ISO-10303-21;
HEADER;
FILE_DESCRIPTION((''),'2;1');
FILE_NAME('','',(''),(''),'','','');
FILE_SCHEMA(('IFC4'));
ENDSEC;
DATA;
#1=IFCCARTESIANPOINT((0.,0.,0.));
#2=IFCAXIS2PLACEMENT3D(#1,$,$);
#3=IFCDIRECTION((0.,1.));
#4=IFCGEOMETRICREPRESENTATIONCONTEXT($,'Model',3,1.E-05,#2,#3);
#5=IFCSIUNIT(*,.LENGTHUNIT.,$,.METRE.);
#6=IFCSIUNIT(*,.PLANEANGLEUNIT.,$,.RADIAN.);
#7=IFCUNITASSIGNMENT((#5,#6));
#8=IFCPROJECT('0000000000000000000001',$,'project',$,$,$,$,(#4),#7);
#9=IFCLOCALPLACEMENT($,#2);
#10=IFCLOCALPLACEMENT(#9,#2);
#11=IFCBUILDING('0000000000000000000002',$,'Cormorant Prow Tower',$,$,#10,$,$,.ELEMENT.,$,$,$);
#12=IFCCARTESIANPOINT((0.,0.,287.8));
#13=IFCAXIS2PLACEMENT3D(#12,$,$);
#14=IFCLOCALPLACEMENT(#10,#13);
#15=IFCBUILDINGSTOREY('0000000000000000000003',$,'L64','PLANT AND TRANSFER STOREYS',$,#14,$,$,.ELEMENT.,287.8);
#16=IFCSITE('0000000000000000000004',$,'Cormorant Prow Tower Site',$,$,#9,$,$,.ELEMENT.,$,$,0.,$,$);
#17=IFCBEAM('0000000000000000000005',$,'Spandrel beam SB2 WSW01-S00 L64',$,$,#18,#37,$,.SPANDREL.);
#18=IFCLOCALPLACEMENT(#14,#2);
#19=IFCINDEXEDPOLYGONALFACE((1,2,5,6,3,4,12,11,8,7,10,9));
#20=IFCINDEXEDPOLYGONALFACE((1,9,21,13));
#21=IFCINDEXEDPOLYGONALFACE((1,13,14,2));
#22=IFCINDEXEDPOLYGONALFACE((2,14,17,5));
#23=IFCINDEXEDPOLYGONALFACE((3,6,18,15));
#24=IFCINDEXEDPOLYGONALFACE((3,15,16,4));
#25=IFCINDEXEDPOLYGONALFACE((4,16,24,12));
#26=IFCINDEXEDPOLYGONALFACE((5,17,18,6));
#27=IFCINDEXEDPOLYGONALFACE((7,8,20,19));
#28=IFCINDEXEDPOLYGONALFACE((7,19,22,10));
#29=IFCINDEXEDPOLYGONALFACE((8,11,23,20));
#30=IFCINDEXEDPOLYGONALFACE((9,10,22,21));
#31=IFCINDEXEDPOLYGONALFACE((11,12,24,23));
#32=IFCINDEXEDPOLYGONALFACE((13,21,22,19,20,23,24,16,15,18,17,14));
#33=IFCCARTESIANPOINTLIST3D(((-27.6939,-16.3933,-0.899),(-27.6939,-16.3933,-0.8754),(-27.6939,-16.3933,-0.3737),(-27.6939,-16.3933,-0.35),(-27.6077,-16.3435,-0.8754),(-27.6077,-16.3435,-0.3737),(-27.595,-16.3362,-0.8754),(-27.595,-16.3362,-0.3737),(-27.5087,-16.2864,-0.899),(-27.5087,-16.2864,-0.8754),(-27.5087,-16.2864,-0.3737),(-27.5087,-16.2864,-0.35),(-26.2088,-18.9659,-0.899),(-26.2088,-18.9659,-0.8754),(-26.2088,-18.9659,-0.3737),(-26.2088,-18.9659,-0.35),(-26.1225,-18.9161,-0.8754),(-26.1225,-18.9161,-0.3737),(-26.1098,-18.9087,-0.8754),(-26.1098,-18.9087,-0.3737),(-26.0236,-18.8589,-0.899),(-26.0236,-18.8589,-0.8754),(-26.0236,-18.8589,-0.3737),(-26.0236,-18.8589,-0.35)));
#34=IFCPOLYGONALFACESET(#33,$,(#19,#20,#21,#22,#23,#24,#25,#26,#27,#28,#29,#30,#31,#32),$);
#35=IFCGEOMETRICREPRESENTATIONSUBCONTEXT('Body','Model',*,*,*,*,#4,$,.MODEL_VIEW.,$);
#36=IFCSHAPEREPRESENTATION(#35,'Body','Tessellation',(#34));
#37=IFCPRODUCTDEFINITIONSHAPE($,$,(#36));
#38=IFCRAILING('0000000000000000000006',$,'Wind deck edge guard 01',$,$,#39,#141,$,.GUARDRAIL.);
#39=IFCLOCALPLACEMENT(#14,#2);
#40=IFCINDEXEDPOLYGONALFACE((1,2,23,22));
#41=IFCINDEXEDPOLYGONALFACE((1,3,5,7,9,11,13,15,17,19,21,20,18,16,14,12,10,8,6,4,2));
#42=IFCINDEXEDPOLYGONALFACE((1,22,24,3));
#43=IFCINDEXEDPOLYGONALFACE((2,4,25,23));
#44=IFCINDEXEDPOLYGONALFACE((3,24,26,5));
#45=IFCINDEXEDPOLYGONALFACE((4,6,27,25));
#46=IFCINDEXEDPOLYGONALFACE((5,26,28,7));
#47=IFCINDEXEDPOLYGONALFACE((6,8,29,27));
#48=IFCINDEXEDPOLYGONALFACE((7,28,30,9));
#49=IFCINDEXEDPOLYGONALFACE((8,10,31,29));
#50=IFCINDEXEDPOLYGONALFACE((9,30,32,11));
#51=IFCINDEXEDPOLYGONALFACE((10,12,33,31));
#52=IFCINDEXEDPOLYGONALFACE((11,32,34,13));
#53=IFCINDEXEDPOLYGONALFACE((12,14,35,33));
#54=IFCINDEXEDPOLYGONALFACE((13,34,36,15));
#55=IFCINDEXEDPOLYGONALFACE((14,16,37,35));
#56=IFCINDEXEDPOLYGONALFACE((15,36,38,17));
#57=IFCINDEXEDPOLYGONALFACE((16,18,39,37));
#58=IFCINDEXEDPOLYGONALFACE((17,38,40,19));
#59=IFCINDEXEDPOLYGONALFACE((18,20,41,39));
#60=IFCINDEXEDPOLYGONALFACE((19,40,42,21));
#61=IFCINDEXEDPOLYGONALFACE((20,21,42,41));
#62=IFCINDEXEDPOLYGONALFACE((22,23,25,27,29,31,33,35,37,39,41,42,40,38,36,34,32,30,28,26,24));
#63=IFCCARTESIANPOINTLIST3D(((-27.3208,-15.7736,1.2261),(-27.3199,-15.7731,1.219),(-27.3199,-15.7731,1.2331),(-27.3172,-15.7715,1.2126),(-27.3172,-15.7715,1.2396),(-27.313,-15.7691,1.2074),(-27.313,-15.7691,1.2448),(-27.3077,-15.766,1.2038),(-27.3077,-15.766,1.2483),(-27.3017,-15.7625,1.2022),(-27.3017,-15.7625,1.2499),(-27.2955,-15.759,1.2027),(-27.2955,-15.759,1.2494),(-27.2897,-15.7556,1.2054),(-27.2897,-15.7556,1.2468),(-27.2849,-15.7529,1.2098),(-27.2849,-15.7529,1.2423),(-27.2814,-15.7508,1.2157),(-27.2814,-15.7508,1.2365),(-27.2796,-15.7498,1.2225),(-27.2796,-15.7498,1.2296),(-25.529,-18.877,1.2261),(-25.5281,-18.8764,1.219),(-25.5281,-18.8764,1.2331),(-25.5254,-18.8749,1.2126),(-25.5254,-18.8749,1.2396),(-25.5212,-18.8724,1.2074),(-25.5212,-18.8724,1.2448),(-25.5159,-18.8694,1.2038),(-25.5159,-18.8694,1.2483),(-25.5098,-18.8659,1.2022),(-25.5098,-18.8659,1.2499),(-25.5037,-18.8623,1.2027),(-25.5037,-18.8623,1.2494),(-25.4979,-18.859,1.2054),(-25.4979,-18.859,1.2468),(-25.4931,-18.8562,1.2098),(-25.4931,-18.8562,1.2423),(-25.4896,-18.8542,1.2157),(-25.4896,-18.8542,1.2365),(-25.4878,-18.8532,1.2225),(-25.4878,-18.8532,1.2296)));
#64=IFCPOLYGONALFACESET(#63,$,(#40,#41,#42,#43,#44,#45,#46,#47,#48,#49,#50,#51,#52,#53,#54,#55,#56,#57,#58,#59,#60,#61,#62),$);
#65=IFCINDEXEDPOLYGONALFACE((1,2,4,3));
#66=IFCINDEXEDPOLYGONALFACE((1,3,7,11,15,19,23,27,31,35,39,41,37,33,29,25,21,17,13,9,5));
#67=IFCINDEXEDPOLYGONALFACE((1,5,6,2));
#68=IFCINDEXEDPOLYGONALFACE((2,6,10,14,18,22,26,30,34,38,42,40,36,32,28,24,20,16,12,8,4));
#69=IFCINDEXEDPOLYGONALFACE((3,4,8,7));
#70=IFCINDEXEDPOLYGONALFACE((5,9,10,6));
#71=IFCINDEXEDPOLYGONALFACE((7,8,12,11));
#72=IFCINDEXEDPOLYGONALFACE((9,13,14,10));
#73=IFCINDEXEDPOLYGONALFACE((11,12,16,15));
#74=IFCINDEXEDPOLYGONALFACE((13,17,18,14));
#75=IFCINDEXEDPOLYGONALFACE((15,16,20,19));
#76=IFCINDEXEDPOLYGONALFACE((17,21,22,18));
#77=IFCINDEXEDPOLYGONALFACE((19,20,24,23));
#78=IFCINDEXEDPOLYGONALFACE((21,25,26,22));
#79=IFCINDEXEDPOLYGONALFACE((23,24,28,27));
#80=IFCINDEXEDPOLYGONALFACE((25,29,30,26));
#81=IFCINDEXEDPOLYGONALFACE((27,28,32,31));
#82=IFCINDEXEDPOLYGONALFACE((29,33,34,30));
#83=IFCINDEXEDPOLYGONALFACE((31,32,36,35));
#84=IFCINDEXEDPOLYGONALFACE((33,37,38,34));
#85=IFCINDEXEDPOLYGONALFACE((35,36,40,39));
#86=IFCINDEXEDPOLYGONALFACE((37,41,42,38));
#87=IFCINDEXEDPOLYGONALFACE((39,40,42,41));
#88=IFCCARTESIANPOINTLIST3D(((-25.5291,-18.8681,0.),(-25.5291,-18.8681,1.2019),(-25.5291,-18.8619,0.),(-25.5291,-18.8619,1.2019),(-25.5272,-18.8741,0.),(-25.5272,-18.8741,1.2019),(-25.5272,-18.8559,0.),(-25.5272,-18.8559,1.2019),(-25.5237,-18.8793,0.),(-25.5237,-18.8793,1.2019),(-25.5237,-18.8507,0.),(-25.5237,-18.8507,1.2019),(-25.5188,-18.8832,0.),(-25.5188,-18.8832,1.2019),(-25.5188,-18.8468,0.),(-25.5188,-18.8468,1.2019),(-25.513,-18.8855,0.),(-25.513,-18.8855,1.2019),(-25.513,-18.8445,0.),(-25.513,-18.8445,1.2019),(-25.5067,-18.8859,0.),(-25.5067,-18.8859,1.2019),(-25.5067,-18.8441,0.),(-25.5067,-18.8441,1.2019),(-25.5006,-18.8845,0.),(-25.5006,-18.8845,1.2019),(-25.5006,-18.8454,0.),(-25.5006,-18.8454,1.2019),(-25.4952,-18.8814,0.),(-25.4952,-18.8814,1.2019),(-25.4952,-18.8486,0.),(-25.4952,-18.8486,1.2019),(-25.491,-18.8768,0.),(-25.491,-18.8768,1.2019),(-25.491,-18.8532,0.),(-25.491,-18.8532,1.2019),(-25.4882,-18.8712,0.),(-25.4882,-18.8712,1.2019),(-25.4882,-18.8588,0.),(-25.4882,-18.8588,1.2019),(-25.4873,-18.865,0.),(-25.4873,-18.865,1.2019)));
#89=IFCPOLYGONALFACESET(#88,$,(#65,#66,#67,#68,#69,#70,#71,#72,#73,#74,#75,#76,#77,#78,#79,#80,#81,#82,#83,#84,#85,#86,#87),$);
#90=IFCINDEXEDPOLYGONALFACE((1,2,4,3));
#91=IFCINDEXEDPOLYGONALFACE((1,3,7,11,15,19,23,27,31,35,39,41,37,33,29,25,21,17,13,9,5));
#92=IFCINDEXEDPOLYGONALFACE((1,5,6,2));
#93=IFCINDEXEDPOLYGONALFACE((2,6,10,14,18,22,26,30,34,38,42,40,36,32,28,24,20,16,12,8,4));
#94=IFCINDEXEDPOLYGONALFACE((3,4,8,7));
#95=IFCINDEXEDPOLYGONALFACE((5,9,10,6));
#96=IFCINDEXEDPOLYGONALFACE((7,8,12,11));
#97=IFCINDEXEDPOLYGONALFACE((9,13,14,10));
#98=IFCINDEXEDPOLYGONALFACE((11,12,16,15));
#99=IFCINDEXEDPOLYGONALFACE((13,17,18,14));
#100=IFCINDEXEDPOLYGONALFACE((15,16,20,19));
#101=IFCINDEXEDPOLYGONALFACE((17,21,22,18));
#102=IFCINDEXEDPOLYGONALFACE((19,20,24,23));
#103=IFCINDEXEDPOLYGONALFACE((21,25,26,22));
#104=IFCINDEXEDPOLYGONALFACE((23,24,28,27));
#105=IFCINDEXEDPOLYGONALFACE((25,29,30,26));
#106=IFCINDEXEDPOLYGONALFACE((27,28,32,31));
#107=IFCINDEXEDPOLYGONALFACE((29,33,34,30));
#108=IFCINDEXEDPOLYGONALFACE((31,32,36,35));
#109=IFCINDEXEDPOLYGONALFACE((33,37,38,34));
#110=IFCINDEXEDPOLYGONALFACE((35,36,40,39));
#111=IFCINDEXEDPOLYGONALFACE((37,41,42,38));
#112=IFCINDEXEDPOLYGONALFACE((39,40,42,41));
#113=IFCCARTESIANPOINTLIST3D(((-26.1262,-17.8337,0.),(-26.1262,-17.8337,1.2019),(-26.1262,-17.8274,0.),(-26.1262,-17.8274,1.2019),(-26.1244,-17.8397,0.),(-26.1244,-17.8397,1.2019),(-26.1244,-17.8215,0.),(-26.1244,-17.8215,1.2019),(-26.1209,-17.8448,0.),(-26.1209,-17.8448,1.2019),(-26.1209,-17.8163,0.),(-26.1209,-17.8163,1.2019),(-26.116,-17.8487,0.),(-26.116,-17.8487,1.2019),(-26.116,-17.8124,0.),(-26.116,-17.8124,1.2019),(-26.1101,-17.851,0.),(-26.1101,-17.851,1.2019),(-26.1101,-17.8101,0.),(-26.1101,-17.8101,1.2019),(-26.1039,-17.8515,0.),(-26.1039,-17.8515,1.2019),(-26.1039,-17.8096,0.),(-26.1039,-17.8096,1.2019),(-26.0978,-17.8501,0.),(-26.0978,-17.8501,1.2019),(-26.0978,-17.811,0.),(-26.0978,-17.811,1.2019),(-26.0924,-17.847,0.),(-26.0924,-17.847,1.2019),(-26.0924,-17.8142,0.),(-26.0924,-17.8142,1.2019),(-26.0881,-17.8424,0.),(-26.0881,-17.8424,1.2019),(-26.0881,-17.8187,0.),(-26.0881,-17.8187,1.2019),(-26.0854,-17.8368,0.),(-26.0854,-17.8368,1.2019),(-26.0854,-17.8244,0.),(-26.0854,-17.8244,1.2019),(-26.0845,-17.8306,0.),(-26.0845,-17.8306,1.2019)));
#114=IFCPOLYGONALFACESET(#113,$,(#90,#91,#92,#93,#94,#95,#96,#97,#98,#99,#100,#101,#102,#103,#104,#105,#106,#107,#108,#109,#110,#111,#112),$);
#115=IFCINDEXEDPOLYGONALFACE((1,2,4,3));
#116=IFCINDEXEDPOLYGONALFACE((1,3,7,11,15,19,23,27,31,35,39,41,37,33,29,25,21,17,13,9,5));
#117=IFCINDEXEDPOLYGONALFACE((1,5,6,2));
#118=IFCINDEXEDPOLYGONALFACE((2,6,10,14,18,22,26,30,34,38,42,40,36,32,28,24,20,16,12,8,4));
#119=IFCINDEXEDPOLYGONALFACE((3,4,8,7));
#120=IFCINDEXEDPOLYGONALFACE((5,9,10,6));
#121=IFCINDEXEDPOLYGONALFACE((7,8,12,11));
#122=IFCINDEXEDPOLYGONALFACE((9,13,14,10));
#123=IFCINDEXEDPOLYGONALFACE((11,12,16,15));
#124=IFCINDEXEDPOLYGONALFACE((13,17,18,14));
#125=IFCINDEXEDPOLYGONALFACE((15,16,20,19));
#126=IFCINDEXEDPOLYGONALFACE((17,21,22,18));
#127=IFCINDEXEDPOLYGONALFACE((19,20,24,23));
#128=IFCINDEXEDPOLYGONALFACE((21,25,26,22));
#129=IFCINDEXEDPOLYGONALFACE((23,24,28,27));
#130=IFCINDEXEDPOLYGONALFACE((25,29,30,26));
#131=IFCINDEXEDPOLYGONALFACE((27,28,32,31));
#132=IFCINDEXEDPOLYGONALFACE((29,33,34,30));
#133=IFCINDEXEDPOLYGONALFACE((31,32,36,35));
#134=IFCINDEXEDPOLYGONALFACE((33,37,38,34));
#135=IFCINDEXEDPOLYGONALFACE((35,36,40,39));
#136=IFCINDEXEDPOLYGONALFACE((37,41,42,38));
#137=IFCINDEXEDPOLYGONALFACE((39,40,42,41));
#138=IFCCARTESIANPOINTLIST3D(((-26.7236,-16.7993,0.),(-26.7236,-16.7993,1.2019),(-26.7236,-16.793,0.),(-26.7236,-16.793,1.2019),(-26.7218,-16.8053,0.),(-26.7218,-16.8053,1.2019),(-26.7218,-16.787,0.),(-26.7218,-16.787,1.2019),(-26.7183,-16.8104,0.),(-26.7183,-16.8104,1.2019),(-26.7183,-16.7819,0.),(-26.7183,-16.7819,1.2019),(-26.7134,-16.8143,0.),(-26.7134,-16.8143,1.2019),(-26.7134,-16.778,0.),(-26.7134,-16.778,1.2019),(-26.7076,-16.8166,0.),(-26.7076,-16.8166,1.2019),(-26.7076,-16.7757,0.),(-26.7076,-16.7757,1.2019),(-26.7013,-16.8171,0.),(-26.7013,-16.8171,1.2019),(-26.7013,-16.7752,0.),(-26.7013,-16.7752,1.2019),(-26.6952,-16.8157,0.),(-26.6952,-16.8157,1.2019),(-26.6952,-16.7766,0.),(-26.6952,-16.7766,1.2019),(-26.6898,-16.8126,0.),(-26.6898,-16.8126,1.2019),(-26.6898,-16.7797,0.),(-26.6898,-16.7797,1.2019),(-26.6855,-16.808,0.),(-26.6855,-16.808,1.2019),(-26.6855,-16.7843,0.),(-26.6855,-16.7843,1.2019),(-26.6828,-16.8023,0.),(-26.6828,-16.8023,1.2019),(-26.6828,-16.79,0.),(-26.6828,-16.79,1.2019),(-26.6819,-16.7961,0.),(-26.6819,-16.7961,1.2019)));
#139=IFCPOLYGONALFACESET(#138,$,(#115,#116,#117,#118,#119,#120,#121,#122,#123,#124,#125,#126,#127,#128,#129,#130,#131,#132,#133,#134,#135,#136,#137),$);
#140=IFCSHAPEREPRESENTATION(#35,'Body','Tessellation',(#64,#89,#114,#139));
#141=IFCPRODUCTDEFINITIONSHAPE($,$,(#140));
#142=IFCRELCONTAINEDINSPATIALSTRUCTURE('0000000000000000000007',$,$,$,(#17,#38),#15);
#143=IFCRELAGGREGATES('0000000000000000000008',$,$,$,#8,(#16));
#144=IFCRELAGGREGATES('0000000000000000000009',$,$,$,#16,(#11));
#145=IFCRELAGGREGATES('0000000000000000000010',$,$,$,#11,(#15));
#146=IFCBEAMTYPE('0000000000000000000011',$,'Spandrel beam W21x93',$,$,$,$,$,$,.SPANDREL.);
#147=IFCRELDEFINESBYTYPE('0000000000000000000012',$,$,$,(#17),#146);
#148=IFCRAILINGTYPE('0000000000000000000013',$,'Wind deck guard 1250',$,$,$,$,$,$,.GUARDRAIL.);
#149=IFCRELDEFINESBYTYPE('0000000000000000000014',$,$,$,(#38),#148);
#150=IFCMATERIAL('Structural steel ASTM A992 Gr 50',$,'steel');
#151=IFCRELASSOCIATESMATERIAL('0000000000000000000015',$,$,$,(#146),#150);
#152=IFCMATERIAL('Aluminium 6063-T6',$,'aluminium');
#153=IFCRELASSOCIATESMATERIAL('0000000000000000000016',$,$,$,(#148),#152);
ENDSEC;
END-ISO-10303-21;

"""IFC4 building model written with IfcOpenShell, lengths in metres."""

from ifc_helpers import new_model, si_unit, direction, frame, origin, origin_2d, place, context, subcontext, project, spatial, circle, i_section, extrude, material, material_profile, profile_set, type_object, element, save


model = new_model("IFC4")

# Units and contexts
model_context = context("Model", 3, precision=1e-05, world=origin(), true_north=direction((0.0, 1.0)))
body_context = subcontext(model_context, "Body", "Model", "MODEL_VIEW")
ifc_project = project(units=[si_unit("LENGTHUNIT", "METRE"), si_unit("PLANEANGLEUNIT", "RADIAN")], contexts=[model_context])

# Site, building, storey
site_placement = place(None, origin())
site = spatial("IfcSite", under=ifc_project, at=site_placement, Name="Cormorant Prow Tower Site", CompositionType="ELEMENT", RefElevation=0.0)
building_placement = place(site_placement, origin())
building = spatial("IfcBuilding", under=site, at=building_placement, Name="Cormorant Prow Tower", CompositionType="ELEMENT")
storey_placement = place(building_placement, frame((0.0, 0.0, 287.8)))
storey = spatial("IfcBuildingStorey", under=building, at=storey_placement, Name="L64", Description="PLANT AND TRANSFER STOREYS", CompositionType="ELEMENT", Elevation=287.8)

# Beam
ifc_material_1 = material(Name="Structural steel ASTM A992 Gr 50", Category="steel")
ifc_material_profile_1 = material_profile(ifc_material_1, i_section(OverallWidth=0.2139, OverallDepth=0.5491, WebThickness=0.0146, FlangeThickness=0.0237, at=origin_2d()), Name="W21x93")
ifc_profile_set_1 = profile_set([ifc_material_profile_1], Name="Structural steel ASTM A992 Gr 50")
beam_type = type_object("IfcBeamType", Name="Spandrel beam W21x93", PredefinedType="SPANDREL", material=ifc_profile_set_1)
beam_placement = place(storey_placement, frame((-27.6013, -16.3398, -0.6245), z_axis=(0.499967, -0.866045, 0.0), x_axis=(0.866045, 0.499967, 0.0)))
element("IfcBeam", 1, at=beam_placement, inside=storey, type_object=beam_type, Name="Spandrel beam SB2 WSW01-S00 L64", PredefinedType="SPANDREL", context=body_context, shape_type="SweptSolid", body=[
    extrude(i_section(OverallWidth=0.2139, OverallDepth=0.5491, WebThickness=0.0146, FlangeThickness=0.0237, at=origin_2d()), origin(), (0.0, 0.0, 1.0), 2.9705),
])

# Railing
ifc_material_2 = material(Name="Aluminium 6063-T6", Category="aluminium")
railing_type = type_object("IfcRailingType", Name="Wind deck guard 1250", PredefinedType="GUARDRAIL", material=ifc_material_2)
for number, where, name in (
    (2, (-25.5083, -18.865, 0.0), "Wind deck edge guard 01"),
):
    element("IfcRailing", number, at=place(storey_placement, frame(where)), inside=storey, type_object=railing_type, Name=name, PredefinedType="GUARDRAIL", context=body_context, shape_type="SweptSolid", body=[
        extrude(circle(Radius=0.0239, at=origin_2d()), frame((0.0, 0.0, 1.2261), z_axis=(-0.500015, 0.866017, 0.0), x_axis=(-0.866017, -0.500015, 0.0)), (0.0, 0.0, 1.0), 3.5835),
        extrude(circle(Radius=0.021, at=origin_2d()), origin(), (0.0, 0.0, 1.0), 1.2019),
        extrude(circle(Radius=0.021, at=origin_2d()), frame((-0.5972, 1.0344, 0.0)), (0.0, 0.0, 1.0), 1.2019),
        extrude(circle(Radius=0.021, at=origin_2d()), frame((-1.1946, 2.0688, 0.0)), (0.0, 0.0, 1.0), 1.2019),
    ])

save(model, "model.ifc")
